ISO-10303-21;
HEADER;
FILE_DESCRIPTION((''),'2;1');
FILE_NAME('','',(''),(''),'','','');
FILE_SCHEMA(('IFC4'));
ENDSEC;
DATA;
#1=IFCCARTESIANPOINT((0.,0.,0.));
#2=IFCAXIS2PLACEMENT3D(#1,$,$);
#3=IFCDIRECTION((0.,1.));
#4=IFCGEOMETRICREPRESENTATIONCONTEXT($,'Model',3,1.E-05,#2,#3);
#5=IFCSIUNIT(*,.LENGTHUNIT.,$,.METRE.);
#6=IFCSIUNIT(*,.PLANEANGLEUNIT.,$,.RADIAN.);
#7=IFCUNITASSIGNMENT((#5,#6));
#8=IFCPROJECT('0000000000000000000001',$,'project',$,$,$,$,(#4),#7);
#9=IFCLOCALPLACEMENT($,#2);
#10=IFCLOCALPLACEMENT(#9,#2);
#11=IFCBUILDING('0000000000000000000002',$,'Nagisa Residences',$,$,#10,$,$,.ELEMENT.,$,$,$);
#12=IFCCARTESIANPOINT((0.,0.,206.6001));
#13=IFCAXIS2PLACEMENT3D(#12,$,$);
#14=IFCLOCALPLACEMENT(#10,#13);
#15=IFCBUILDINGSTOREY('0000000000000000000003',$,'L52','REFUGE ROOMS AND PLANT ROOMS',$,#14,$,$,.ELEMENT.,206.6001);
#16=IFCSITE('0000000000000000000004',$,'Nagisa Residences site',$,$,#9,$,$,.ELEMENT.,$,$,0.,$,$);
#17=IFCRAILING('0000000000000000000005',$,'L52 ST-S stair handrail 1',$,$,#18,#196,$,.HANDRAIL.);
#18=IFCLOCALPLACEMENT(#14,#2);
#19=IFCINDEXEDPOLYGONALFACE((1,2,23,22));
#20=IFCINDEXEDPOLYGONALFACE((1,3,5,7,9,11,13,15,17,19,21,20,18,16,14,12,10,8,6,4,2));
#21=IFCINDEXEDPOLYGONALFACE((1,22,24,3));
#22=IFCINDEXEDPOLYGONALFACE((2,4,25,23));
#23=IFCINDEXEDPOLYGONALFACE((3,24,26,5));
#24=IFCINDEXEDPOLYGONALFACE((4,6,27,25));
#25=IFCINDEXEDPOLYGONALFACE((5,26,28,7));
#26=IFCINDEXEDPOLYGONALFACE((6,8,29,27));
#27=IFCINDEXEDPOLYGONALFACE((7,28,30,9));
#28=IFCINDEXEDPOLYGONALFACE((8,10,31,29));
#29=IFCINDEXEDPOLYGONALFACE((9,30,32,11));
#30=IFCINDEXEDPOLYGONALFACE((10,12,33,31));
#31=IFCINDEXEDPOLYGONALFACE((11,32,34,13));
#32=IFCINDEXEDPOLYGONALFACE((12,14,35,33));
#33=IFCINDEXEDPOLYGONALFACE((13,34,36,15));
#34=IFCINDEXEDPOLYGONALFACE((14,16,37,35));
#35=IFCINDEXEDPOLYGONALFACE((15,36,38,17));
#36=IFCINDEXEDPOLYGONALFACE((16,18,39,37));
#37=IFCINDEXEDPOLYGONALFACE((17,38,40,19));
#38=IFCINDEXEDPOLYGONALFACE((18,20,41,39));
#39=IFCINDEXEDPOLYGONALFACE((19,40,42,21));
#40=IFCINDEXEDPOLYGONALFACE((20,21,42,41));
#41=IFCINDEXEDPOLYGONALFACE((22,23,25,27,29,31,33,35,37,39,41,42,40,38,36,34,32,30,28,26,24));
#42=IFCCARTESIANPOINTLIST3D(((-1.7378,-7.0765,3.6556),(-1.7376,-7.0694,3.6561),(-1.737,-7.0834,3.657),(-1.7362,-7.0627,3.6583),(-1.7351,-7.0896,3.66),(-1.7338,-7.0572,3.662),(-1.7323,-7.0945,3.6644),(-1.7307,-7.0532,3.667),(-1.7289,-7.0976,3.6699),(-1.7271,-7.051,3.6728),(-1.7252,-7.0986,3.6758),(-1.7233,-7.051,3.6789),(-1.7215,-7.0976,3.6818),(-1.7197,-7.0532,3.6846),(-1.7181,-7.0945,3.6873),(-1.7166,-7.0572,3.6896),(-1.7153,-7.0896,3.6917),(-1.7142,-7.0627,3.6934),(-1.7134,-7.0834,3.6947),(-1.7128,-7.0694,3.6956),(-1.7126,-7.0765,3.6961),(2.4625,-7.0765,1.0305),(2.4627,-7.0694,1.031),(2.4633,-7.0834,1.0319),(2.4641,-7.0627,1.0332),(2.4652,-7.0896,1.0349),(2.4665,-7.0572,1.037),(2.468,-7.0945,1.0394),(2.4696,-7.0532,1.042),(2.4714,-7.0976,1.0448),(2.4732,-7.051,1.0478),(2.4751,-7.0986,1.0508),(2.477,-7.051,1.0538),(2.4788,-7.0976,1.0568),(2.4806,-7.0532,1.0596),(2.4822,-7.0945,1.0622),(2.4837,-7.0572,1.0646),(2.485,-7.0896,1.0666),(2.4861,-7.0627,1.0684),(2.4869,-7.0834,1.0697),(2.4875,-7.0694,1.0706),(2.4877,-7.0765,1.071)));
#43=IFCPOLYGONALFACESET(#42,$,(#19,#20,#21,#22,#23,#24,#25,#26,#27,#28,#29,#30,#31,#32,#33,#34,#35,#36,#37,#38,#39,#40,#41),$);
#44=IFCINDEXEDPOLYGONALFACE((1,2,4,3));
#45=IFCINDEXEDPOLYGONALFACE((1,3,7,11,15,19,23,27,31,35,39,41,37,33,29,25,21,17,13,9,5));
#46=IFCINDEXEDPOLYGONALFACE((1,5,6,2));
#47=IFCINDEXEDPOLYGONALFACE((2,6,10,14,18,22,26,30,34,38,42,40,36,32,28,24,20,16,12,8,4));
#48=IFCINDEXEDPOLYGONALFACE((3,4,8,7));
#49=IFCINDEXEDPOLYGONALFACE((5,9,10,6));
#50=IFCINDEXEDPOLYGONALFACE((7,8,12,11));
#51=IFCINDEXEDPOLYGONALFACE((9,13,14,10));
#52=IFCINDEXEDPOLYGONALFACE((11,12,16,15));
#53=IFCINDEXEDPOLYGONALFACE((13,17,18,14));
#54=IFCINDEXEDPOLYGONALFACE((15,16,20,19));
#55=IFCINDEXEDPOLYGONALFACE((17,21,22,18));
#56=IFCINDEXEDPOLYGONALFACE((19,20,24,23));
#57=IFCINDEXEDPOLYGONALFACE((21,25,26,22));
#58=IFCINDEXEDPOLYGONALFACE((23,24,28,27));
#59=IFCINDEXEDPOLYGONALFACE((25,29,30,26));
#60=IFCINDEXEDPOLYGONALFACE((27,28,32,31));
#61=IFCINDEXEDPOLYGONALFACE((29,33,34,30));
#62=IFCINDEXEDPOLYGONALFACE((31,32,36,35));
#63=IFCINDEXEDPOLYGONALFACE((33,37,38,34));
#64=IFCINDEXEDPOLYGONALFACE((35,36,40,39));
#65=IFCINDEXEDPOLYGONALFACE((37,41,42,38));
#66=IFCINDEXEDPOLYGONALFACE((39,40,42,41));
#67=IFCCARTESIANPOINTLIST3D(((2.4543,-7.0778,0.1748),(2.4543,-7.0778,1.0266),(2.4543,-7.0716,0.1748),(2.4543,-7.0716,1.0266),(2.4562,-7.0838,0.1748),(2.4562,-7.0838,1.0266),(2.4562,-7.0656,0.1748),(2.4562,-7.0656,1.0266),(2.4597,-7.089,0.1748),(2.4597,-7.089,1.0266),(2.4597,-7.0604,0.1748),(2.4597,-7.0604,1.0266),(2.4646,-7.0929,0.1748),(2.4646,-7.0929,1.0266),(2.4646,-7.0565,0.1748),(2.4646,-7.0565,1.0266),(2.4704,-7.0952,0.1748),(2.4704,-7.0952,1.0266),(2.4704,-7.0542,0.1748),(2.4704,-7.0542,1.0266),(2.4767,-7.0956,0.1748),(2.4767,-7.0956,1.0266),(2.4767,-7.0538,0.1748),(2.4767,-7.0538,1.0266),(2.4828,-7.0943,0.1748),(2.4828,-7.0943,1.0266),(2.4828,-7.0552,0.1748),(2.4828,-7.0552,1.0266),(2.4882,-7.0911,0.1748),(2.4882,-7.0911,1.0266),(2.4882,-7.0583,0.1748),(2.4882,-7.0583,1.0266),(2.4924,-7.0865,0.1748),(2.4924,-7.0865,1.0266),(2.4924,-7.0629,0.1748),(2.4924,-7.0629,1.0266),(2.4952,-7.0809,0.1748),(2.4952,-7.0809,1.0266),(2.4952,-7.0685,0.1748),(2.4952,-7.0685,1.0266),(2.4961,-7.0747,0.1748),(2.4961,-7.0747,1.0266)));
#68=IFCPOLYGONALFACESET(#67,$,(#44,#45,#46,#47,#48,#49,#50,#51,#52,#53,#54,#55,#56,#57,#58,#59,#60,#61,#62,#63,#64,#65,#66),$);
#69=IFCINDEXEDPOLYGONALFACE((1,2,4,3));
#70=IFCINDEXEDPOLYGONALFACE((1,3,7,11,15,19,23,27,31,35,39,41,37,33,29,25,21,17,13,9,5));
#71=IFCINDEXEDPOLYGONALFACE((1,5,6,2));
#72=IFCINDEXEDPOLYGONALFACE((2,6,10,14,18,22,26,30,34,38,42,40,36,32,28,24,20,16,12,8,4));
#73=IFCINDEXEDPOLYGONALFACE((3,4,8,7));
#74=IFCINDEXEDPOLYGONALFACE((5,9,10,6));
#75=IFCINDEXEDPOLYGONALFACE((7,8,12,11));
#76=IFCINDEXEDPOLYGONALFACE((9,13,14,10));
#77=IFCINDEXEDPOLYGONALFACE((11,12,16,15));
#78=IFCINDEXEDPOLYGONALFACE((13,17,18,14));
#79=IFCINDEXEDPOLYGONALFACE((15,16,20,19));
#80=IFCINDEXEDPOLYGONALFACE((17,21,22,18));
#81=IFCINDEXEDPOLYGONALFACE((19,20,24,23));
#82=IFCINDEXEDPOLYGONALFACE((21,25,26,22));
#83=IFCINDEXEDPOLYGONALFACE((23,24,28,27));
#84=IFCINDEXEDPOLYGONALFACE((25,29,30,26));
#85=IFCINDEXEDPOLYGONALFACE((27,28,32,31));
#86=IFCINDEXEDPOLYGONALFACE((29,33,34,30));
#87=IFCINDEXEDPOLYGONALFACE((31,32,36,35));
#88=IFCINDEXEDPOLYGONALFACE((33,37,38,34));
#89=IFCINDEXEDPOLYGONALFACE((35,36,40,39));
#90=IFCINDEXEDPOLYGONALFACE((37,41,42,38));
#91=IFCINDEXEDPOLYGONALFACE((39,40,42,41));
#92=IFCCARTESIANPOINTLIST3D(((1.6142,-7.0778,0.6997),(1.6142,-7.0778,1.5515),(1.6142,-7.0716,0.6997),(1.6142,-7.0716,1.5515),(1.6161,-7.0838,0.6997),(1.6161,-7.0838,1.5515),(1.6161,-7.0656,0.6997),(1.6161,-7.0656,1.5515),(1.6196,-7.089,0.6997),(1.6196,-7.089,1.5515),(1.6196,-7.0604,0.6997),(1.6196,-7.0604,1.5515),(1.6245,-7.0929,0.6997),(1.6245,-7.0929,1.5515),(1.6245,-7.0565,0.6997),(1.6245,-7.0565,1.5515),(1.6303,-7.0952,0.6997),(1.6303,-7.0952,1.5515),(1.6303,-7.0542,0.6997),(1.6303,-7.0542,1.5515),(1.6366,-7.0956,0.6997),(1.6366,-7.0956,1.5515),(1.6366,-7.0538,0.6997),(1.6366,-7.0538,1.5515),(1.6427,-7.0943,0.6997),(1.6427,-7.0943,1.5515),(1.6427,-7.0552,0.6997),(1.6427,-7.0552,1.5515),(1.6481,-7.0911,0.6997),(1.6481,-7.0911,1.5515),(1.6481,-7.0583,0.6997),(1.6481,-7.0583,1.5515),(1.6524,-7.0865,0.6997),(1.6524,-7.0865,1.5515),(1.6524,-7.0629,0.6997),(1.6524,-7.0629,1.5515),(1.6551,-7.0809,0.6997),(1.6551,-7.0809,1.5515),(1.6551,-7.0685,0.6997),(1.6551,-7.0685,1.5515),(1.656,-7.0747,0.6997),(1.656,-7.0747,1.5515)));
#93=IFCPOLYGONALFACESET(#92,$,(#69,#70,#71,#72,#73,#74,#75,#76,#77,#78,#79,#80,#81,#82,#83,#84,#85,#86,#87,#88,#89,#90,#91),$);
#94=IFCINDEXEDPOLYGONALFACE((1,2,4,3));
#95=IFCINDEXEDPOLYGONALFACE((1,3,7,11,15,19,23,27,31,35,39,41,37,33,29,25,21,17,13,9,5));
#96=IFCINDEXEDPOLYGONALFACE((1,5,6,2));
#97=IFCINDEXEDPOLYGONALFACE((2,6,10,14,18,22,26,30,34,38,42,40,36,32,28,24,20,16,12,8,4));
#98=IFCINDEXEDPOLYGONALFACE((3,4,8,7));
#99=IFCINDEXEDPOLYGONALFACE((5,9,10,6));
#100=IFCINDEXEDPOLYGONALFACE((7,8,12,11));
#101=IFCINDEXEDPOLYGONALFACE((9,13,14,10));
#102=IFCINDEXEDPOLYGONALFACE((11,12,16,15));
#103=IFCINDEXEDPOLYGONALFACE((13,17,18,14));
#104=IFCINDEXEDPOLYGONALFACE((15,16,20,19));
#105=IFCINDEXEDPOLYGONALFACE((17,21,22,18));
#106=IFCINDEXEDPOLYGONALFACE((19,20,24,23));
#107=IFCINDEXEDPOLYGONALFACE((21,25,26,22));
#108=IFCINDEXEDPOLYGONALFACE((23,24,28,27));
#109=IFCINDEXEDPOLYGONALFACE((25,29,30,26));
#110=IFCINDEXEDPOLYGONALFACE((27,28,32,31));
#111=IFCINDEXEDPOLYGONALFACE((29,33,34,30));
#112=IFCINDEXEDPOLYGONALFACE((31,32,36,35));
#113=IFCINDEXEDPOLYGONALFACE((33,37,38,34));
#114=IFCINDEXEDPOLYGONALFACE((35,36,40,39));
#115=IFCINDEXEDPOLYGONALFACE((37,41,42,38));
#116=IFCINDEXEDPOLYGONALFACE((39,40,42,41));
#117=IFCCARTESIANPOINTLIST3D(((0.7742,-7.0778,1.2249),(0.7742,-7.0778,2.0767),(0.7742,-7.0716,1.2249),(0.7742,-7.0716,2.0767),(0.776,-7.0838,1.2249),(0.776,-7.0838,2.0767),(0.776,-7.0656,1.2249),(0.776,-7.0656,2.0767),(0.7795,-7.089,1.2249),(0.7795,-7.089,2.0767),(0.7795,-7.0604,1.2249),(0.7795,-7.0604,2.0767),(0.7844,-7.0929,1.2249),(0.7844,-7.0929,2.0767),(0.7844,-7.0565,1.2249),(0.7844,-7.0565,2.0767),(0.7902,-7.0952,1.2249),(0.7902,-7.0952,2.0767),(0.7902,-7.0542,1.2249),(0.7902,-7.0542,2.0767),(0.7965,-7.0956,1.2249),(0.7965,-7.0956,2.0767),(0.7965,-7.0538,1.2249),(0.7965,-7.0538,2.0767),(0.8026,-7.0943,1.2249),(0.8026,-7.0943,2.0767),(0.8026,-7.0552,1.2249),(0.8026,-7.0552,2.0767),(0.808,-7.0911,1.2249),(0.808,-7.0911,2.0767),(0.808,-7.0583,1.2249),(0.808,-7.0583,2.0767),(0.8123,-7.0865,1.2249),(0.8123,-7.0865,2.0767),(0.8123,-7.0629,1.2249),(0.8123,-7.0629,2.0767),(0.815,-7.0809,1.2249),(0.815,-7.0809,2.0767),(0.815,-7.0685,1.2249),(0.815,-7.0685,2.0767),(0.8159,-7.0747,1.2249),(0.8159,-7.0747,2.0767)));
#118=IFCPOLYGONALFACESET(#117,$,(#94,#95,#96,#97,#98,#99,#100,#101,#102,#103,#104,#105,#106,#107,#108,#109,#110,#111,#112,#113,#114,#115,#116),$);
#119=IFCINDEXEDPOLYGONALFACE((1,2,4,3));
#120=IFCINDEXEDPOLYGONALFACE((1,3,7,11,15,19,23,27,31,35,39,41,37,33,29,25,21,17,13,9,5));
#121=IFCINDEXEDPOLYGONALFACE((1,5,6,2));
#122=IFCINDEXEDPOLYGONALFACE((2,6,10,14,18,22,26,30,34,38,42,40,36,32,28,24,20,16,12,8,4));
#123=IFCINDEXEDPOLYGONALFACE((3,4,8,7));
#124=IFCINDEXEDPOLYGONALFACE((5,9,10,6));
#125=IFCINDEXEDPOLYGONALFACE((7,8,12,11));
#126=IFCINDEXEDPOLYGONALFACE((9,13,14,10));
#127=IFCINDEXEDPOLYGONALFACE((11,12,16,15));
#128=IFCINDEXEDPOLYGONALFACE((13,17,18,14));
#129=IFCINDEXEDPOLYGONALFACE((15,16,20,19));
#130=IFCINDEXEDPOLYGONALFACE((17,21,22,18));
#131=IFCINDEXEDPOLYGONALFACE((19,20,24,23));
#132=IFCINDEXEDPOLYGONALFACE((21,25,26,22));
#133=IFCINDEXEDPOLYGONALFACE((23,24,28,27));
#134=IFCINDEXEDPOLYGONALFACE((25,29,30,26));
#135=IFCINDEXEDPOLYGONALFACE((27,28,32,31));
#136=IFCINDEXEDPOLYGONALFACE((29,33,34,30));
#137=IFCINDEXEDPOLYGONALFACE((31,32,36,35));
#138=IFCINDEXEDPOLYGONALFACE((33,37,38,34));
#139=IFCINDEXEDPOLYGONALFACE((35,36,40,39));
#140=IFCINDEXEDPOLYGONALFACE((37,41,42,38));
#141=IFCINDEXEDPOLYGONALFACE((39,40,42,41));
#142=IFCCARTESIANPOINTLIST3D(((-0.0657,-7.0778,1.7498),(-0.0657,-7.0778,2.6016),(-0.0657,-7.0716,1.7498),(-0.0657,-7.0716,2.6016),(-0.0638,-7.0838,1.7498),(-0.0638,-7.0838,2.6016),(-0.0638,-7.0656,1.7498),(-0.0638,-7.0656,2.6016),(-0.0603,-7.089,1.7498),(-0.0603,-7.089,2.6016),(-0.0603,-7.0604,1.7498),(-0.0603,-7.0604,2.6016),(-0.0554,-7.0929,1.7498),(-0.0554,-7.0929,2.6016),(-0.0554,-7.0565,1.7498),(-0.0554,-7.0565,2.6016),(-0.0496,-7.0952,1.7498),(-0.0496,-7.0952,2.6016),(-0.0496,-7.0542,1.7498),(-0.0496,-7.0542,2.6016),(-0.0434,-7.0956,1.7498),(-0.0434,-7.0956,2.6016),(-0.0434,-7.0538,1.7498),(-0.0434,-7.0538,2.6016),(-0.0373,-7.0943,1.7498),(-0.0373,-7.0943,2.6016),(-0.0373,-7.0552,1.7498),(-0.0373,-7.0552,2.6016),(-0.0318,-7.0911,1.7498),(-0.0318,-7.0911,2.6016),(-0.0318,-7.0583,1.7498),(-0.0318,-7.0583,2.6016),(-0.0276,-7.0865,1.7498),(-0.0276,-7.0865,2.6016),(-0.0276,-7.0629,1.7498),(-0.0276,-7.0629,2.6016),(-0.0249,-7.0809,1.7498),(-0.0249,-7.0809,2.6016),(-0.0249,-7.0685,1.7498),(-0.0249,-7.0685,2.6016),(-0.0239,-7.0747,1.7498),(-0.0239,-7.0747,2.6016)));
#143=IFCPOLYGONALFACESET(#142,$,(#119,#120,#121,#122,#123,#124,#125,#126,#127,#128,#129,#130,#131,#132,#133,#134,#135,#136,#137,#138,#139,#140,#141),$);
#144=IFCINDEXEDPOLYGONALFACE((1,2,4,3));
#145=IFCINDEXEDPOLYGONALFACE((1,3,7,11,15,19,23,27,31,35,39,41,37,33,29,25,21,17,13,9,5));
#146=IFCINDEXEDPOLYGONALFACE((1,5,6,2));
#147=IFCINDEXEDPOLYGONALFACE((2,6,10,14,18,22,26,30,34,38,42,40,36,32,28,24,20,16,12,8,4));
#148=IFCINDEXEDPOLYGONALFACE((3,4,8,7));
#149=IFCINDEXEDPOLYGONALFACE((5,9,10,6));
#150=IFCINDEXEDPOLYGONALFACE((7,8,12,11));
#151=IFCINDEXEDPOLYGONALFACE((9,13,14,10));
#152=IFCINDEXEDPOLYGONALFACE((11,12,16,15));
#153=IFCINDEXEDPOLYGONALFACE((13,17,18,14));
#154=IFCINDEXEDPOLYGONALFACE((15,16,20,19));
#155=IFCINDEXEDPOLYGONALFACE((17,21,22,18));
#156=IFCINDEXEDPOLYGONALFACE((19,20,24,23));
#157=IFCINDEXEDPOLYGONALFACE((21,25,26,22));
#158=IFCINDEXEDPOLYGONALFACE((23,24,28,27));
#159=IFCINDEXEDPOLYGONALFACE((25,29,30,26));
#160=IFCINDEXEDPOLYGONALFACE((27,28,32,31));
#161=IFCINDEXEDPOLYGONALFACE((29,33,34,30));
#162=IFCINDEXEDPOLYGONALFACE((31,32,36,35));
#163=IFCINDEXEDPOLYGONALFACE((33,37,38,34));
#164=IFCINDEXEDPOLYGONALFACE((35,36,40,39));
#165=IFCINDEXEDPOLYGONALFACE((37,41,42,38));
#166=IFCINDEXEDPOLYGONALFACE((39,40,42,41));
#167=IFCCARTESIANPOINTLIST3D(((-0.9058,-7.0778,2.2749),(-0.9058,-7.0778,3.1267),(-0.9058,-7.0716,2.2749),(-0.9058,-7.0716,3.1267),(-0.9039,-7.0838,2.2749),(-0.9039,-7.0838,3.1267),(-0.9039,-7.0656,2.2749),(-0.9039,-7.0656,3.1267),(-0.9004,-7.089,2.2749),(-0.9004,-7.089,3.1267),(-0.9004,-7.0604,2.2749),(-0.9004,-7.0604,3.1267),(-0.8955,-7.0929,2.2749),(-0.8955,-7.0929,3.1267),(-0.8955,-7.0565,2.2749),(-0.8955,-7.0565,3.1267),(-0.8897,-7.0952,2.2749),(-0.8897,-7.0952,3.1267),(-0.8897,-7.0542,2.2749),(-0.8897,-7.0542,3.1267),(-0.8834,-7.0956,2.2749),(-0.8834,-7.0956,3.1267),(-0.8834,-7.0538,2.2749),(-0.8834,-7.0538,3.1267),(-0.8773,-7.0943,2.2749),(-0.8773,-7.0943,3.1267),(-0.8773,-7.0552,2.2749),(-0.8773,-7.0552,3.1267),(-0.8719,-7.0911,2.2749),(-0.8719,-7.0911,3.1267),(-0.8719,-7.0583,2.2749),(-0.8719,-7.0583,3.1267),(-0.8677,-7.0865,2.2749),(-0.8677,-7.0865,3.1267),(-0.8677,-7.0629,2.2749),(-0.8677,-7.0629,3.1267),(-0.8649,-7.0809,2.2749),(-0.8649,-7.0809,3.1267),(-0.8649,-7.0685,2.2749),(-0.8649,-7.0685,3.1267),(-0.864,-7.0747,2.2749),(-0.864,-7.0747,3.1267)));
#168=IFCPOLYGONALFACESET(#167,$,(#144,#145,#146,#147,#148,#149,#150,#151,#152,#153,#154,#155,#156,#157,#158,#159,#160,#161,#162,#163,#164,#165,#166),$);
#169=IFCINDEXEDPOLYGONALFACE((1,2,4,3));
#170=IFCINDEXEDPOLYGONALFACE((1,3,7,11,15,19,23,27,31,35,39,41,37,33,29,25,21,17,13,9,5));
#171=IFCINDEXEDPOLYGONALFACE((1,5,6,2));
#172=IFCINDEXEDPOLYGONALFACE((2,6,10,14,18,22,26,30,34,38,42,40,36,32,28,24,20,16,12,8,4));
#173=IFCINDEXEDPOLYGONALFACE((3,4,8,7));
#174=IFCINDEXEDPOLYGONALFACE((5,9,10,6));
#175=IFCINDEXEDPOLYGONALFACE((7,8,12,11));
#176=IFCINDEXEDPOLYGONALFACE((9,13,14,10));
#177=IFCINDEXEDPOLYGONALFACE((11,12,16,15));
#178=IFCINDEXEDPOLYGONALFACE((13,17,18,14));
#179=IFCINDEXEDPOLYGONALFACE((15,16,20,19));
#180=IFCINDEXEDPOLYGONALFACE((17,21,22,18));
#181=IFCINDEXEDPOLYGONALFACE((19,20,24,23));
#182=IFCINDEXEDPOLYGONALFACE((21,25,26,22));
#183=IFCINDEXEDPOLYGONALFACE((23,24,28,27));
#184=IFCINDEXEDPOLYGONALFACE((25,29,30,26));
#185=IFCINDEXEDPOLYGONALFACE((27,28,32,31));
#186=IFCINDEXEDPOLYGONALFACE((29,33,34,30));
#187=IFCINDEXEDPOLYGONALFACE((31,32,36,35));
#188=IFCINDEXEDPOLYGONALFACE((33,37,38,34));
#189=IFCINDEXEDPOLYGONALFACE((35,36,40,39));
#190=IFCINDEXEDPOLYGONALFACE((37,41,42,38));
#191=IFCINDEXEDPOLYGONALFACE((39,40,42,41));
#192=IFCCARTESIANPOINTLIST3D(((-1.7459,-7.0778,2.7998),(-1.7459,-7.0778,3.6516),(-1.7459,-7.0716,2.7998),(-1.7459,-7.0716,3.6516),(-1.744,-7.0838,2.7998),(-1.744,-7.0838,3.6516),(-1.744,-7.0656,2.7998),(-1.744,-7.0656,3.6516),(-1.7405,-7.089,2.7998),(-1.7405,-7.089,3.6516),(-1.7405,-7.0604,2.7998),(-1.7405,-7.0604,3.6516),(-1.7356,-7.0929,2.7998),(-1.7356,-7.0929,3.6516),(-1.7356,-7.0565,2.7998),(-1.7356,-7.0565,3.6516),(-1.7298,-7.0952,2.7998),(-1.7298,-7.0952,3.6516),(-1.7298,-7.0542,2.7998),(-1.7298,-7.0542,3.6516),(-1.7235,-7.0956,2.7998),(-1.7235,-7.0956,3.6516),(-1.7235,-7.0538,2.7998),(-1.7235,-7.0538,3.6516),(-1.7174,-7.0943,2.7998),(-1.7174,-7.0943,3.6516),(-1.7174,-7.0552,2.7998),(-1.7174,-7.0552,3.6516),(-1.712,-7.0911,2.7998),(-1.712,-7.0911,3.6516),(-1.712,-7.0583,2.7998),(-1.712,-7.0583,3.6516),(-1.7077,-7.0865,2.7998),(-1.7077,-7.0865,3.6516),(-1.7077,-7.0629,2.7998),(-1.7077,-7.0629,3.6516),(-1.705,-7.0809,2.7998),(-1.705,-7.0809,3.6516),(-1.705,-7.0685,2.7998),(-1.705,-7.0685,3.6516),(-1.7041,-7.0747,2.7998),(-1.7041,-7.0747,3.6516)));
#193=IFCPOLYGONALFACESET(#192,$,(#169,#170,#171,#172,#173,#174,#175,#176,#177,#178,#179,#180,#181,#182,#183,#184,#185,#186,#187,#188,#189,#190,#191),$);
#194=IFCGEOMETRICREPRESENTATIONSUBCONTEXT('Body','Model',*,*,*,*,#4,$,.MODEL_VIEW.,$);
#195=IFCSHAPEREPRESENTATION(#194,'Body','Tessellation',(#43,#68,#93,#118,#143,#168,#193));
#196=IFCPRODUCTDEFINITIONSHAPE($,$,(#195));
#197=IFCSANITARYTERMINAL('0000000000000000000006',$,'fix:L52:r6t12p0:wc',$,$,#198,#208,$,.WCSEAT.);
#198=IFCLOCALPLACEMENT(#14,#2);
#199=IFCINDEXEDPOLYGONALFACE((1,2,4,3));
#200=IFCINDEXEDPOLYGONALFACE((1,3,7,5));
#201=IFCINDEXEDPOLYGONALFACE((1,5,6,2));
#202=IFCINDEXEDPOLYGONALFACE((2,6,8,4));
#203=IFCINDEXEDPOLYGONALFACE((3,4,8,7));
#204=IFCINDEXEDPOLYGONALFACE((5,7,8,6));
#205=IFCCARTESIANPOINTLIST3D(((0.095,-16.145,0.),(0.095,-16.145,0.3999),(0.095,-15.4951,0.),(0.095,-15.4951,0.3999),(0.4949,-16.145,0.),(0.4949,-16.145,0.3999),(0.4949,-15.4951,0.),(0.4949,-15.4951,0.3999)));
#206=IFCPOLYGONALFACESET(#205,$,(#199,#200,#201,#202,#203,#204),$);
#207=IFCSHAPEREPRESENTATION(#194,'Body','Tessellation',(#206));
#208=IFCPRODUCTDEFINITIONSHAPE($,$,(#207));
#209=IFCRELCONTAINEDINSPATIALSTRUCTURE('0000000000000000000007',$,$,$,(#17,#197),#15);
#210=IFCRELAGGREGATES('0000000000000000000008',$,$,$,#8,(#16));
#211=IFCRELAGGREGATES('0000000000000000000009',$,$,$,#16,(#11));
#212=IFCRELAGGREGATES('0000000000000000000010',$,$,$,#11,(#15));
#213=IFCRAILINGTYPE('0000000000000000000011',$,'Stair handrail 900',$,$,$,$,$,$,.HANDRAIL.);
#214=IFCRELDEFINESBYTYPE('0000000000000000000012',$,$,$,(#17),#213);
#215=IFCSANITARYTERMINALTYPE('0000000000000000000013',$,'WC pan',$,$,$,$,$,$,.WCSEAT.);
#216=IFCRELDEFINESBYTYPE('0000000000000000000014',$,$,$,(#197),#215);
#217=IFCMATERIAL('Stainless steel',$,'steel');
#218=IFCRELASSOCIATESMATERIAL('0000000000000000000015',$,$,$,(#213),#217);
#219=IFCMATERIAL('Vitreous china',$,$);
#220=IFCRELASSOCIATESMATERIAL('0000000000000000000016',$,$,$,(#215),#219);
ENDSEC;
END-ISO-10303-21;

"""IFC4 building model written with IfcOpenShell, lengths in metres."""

from ifc_helpers import new_model, si_unit, direction, frame, origin, origin_2d, place, context, subcontext, project, spatial, rectangle, circle, extrude, material, type_object, element, save


model = new_model("IFC4")

# Units and contexts
model_context = context("Model", 3, precision=1e-05, world=origin(), true_north=direction((0.0, 1.0)))
body_context = subcontext(model_context, "Body", "Model", "MODEL_VIEW")
ifc_project = project(units=[si_unit("LENGTHUNIT", "METRE"), si_unit("PLANEANGLEUNIT", "RADIAN")], contexts=[model_context])

# Site, building, storey
site_placement = place(None, origin())
site = spatial("IfcSite", under=ifc_project, at=site_placement, Name="Nagisa Residences site", CompositionType="ELEMENT", RefElevation=0.0)
building_placement = place(site_placement, origin())
building = spatial("IfcBuilding", under=site, at=building_placement, Name="Nagisa Residences", CompositionType="ELEMENT")
storey_placement = place(building_placement, frame((0.0, 0.0, 206.6001)))
storey = spatial("IfcBuildingStorey", under=building, at=storey_placement, Name="L52", Description="REFUGE ROOMS AND PLANT ROOMS", CompositionType="ELEMENT", Elevation=206.6001)

# Railing
ifc_material_1 = material(Name="Stainless steel", Category="steel")
railing_type_1 = type_object("IfcRailingType", Name="Stair handrail 900", PredefinedType="HANDRAIL", material=ifc_material_1)
railing_1_placement = place(storey_placement, frame((2.4751, -7.0747, 0.1748)))
element("IfcRailing", 1, at=railing_1_placement, inside=storey, type_object=railing_type_1, Name="L52 ST-S stair handrail 1", PredefinedType="HANDRAIL", context=body_context, shape_type="SweptSolid", body=[
    extrude(circle(Radius=0.0239, at=origin_2d()), frame((0.0, 0.0, 0.876), z_axis=(-0.848009, 0.0, 0.529981), x_axis=(0.0, -1.0, 0.0)), (0.0, 0.0, 1.0), 4.9531),
    extrude(circle(Radius=0.021, at=origin_2d()), origin(), (0.0, 0.0, 1.0), 0.8518),
    extrude(circle(Radius=0.021, at=origin_2d()), frame((-0.8401, 0.0, 0.5249)), (0.0, 0.0, 1.0), 0.8518),
    extrude(circle(Radius=0.021, at=origin_2d()), frame((-1.6802, 0.0, 1.05)), (0.0, 0.0, 1.0), 0.8518),
    extrude(circle(Radius=0.021, at=origin_2d()), frame((-2.52, 0.0, 1.575)), (0.0, 0.0, 1.0), 0.8518),
    extrude(circle(Radius=0.021, at=origin_2d()), frame((-3.3601, 0.0, 2.1001)), (0.0, 0.0, 1.0), 0.8518),
    extrude(circle(Radius=0.021, at=origin_2d()), frame((-4.2002, 0.0, 2.625)), (0.0, 0.0, 1.0), 0.8518),
])

# Sanitary terminal
ifc_material_2 = material(Name="Vitreous china")
sanitary_terminal_type = type_object("IfcSanitaryTerminalType", Name="WC pan", PredefinedType="WCSEAT", material=ifc_material_2)
sanitary_terminal_placement = place(storey_placement, frame((0.2949, -15.8201, 0.0), z_axis=(0.0, 0.0, 1.0), x_axis=(1.0, 0.0, 0.0)))
element("IfcSanitaryTerminal", 2, at=sanitary_terminal_placement, inside=storey, type_object=sanitary_terminal_type, Name="fix:L52:r6t12p0:wc", PredefinedType="WCSEAT", context=body_context, shape_type="SweptSolid", body=[
    extrude(rectangle(XDim=0.3999, YDim=0.6499, at=origin_2d()), origin(), (0.0, 0.0, 1.0), 0.3999),
])

save(model, "model.ifc")
